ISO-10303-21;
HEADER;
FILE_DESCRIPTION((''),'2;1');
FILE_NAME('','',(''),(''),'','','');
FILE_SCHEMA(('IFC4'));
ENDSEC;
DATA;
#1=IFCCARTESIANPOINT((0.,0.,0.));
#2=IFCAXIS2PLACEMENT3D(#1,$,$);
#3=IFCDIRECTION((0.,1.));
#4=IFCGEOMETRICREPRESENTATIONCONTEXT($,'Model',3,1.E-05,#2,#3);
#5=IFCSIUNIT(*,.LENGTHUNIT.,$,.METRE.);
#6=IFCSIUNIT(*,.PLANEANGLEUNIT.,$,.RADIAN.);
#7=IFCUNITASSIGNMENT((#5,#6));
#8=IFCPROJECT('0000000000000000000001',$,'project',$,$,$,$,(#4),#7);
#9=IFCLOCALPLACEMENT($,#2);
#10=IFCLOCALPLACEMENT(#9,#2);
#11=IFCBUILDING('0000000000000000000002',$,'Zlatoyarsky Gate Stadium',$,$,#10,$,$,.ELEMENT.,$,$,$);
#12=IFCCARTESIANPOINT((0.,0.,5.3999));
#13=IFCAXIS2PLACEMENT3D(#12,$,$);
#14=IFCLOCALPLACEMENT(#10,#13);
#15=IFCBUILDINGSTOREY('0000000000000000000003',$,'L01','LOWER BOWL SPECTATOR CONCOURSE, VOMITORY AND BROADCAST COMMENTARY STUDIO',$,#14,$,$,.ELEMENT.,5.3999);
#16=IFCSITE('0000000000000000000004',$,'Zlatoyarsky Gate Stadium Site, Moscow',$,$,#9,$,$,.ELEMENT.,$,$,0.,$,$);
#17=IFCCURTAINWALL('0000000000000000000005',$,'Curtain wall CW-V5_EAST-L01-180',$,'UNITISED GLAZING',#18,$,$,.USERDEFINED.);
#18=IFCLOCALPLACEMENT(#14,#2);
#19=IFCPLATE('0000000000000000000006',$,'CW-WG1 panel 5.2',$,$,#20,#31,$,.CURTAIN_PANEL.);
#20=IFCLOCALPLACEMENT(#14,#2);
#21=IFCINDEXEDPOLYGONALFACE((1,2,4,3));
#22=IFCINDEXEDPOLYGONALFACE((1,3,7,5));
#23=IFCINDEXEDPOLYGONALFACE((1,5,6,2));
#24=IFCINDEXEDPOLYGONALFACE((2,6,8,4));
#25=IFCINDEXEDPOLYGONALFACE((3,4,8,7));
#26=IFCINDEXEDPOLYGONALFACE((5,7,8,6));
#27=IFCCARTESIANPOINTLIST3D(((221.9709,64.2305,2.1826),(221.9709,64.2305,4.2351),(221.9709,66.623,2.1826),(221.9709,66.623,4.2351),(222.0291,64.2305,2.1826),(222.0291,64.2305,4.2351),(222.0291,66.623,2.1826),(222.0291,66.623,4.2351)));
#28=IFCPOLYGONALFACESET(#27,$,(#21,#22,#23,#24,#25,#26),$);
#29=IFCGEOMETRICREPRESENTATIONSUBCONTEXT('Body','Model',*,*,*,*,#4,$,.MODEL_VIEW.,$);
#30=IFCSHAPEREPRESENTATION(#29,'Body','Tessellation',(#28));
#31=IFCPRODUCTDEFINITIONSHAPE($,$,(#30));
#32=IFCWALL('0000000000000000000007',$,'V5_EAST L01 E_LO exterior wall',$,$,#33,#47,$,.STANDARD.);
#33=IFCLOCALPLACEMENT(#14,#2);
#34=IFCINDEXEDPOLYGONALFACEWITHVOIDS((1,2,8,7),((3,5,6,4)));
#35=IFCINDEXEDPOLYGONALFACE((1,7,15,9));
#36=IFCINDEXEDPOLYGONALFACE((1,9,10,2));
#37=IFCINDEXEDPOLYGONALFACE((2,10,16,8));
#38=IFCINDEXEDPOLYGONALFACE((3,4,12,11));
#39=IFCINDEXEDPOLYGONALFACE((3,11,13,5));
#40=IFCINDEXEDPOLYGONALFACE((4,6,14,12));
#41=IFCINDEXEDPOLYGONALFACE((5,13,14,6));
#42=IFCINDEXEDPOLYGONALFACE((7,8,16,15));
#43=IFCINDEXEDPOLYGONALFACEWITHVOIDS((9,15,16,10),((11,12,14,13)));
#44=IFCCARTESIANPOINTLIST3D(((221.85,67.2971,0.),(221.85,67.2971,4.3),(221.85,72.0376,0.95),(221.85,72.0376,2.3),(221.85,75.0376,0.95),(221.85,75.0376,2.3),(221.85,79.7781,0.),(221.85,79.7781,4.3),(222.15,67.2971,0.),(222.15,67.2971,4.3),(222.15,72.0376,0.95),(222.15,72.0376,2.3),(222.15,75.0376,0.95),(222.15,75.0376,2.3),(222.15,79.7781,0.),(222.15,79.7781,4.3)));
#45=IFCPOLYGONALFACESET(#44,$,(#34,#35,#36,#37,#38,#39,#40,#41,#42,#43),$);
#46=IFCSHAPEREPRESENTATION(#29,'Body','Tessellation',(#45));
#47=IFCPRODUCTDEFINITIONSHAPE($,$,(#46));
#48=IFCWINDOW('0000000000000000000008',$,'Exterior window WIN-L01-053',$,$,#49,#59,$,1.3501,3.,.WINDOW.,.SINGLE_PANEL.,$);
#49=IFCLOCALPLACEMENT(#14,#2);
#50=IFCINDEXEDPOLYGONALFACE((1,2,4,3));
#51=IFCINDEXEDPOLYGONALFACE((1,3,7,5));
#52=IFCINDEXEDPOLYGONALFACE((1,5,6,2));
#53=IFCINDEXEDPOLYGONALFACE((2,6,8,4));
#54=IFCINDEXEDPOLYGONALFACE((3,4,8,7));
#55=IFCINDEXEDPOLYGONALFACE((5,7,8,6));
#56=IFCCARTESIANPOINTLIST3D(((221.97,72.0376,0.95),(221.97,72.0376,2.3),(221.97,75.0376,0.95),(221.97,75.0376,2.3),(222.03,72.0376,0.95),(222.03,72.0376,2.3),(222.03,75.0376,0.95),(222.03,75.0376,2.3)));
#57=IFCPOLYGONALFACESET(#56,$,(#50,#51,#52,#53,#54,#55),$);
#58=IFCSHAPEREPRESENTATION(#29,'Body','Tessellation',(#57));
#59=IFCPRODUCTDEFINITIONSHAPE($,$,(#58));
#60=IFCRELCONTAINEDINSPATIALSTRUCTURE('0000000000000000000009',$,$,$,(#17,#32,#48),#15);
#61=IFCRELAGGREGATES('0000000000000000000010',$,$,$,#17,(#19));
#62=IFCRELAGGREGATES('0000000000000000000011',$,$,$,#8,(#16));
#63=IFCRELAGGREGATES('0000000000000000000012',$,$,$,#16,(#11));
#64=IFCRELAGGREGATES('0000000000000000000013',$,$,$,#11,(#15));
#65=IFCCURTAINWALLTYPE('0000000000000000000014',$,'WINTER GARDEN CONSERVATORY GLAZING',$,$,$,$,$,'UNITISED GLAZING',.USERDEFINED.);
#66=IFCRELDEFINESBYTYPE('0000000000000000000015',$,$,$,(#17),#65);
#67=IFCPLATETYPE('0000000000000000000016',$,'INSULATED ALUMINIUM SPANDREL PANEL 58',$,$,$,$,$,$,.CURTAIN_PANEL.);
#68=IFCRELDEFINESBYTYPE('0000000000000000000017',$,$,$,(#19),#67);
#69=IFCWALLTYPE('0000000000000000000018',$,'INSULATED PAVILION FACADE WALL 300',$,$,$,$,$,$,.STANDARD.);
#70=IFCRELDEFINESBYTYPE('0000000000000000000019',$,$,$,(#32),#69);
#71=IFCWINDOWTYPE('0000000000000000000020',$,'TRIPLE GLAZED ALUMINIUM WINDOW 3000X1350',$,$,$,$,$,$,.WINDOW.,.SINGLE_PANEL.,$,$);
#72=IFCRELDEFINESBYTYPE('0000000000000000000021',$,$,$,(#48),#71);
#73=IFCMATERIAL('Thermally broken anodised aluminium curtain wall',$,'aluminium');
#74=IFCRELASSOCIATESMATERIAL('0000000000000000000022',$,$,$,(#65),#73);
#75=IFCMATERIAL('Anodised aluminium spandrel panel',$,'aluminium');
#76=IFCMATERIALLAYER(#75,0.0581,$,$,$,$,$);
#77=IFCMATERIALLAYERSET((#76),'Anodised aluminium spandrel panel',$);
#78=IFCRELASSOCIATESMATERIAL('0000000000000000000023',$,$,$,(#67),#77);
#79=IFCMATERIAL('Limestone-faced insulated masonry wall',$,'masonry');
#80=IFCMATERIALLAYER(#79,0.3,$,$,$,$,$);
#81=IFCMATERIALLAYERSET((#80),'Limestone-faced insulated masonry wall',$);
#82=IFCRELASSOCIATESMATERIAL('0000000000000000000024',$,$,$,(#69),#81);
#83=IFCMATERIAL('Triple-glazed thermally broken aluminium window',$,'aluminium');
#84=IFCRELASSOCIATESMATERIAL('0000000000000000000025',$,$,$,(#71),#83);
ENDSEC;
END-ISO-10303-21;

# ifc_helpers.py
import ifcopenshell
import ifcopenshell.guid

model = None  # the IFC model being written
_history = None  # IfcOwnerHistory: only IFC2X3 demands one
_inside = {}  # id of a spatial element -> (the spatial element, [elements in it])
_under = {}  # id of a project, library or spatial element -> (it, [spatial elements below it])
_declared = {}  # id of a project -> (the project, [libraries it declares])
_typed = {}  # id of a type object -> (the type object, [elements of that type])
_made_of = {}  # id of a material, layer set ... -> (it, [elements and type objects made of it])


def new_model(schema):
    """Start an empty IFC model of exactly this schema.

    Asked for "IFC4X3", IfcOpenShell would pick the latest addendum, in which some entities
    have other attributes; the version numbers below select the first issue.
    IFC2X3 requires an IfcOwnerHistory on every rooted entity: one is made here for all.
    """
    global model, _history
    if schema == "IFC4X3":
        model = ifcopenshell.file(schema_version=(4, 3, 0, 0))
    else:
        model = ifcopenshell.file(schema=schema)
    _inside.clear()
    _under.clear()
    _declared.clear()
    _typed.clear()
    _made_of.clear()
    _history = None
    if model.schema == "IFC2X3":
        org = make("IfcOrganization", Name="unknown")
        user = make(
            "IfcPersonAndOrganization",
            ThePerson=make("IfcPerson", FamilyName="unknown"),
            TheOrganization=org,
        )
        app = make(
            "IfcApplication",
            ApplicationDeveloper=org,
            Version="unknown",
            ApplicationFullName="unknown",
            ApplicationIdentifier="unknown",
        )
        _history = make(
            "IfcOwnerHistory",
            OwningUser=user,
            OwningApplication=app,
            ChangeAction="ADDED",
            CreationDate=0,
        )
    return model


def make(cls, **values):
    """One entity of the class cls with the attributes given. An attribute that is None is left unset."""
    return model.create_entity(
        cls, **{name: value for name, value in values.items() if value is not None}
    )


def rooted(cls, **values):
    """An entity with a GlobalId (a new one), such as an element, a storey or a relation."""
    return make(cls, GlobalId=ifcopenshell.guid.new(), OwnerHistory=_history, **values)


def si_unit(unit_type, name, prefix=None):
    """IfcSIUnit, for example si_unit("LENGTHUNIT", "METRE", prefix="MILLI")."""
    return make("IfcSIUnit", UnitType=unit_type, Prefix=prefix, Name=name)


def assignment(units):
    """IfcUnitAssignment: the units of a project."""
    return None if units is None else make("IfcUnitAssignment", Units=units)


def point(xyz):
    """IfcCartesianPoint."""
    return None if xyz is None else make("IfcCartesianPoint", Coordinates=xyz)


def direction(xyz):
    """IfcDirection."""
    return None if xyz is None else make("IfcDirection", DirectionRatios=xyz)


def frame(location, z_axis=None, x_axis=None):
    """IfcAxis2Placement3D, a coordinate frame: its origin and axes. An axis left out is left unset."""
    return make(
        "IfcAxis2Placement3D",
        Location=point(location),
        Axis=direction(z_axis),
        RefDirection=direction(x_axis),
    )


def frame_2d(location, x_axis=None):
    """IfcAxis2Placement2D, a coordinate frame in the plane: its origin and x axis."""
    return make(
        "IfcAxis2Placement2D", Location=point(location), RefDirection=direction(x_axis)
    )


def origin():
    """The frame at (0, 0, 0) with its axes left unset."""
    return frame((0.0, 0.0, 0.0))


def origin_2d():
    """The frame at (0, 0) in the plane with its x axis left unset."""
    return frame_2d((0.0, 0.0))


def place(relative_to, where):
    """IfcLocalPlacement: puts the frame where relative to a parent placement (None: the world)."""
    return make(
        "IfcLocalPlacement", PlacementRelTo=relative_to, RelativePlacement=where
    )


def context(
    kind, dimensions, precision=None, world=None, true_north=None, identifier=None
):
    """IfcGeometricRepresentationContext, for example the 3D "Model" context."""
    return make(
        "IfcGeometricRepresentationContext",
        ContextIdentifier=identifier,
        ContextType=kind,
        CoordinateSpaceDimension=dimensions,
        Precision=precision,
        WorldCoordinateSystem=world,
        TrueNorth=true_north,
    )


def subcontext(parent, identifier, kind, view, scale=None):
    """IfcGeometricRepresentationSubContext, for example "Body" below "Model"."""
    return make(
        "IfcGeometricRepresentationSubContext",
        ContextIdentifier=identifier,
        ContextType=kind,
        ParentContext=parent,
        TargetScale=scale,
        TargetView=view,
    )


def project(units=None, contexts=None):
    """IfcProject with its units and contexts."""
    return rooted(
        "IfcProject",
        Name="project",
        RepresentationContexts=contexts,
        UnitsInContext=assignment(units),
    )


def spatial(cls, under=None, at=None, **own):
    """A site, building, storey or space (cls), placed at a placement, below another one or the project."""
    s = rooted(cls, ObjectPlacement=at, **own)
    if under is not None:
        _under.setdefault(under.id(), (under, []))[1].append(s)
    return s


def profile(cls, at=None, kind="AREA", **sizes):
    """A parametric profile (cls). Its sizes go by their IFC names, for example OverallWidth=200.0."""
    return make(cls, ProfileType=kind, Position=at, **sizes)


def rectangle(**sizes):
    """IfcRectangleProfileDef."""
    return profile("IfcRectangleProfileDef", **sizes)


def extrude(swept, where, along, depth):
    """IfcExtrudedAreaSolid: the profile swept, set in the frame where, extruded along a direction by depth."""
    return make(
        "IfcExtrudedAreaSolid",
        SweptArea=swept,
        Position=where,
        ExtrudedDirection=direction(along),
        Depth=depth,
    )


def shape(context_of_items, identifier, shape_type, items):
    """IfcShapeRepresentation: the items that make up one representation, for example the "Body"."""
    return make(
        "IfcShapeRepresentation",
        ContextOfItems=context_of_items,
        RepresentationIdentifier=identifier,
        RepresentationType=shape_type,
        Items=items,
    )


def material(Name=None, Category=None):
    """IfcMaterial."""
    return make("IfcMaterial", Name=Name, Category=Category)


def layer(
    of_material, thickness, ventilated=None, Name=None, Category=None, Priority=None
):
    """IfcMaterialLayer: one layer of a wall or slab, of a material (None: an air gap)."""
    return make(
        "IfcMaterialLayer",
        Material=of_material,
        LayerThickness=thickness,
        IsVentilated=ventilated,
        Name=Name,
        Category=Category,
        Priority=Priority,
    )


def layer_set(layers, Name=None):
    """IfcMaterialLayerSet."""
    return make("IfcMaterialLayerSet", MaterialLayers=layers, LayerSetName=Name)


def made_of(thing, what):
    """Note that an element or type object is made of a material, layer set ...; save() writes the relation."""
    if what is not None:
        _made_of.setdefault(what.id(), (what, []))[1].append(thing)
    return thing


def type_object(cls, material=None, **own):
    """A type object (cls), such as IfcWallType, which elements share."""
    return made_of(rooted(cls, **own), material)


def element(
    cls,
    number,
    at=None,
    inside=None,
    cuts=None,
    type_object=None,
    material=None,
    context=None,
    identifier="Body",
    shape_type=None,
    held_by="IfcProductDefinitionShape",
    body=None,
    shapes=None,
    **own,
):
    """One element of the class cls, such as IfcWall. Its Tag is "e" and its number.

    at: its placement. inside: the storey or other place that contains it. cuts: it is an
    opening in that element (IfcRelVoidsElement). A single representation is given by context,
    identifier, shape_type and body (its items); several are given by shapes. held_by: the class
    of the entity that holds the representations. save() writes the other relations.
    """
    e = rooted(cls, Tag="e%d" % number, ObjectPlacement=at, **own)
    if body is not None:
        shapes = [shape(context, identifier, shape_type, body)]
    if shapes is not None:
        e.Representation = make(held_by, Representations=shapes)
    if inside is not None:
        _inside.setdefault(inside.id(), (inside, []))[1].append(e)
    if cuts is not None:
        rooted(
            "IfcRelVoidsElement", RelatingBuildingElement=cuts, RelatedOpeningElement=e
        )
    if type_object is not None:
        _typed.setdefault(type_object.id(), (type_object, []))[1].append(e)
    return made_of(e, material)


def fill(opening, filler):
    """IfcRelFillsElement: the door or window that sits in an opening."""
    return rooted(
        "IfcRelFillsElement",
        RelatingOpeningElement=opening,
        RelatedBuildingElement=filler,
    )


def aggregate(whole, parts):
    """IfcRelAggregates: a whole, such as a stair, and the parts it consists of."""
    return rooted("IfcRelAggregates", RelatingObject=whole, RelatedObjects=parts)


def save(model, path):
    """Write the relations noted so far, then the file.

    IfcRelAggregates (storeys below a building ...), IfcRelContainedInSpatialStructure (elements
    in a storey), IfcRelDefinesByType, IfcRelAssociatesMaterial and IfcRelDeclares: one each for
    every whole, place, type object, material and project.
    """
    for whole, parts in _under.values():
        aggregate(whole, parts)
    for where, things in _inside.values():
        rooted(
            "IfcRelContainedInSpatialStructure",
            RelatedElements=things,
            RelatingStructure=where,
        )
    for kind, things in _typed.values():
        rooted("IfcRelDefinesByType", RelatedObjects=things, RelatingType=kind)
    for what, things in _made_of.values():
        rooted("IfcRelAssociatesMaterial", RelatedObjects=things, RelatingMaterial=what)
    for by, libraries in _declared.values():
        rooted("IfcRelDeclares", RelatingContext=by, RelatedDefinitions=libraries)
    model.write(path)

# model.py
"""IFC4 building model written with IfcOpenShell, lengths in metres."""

from ifc_helpers import new_model, si_unit, direction, frame, frame_2d, origin, origin_2d, place, context, subcontext, project, spatial, rectangle, extrude, material, layer, layer_set, type_object, element, fill, aggregate, save


model = new_model("IFC4")

# Units and contexts
model_context = context("Model", 3, precision=1e-05, world=origin(), true_north=direction((0.0, 1.0)))
body_context = subcontext(model_context, "Body", "Model", "MODEL_VIEW")
ifc_project = project(units=[si_unit("LENGTHUNIT", "METRE"), si_unit("PLANEANGLEUNIT", "RADIAN")], contexts=[model_context])

# Site, building, storey
site_placement = place(None, origin())
site = spatial("IfcSite", under=ifc_project, at=site_placement, Name="Zlatoyarsky Gate Stadium Site, Moscow", CompositionType="ELEMENT", RefElevation=0.0)
building_placement = place(site_placement, origin())
building = spatial("IfcBuilding", under=site, at=building_placement, Name="Zlatoyarsky Gate Stadium", CompositionType="ELEMENT")
storey_placement = place(building_placement, frame((0.0, 0.0, 5.3999)))
storey = spatial("IfcBuildingStorey", under=building, at=storey_placement, Name="L01", Description="LOWER BOWL SPECTATOR CONCOURSE, VOMITORY AND BROADCAST COMMENTARY STUDIO", CompositionType="ELEMENT", Elevation=5.3999)

# Curtain wall
ifc_material_1 = material(Name="Thermally broken anodised aluminium curtain wall", Category="aluminium")
curtain_wall_type = type_object("IfcCurtainWallType", Name="WINTER GARDEN CONSERVATORY GLAZING", ElementType="UNITISED GLAZING", PredefinedType="USERDEFINED", material=ifc_material_1)
curtain_wall_placement = place(storey_placement, origin())
curtain_wall = element("IfcCurtainWall", 1, at=curtain_wall_placement, inside=storey, type_object=curtain_wall_type, Name="Curtain wall CW-V5_EAST-L01-180", ObjectType="UNITISED GLAZING", PredefinedType="USERDEFINED")

# Plate
ifc_material_2 = material(Name="Anodised aluminium spandrel panel", Category="aluminium")
ifc_layer_1 = layer(ifc_material_2, 0.0581)
ifc_layer_set_1 = layer_set([ifc_layer_1], Name="Anodised aluminium spandrel panel")
plate_type = type_object("IfcPlateType", Name="INSULATED ALUMINIUM SPANDREL PANEL 58", PredefinedType="CURTAIN_PANEL", material=ifc_layer_set_1)
plate_1_placement = place(storey_placement, frame((222.0, 65.4268, 2.1826), z_axis=(0.0, 0.0, 1.0), x_axis=(0.0, 1.0, 0.0)))
plate_1 = element("IfcPlate", 2, at=plate_1_placement, type_object=plate_type, Name="CW-WG1 panel 5.2", PredefinedType="CURTAIN_PANEL", context=body_context, shape_type="SweptSolid", body=[
    extrude(rectangle(XDim=2.3926, YDim=0.0581, at=origin_2d()), origin(), (0.0, 0.0, 1.0), 2.0525),
])
aggregate(curtain_wall, [plate_1])

# Wall, opening, window
ifc_material_3 = material(Name="Limestone-faced insulated masonry wall", Category="masonry")
ifc_layer_2 = layer(ifc_material_3, 0.3)
ifc_layer_set_2 = layer_set([ifc_layer_2], Name="Limestone-faced insulated masonry wall")
wall_type = type_object("IfcWallType", Name="INSULATED PAVILION FACADE WALL 300", PredefinedType="STANDARD", material=ifc_layer_set_2)
wall_placement = place(storey_placement, frame((222.0, 67.2971, 0.0), z_axis=(0.0, 0.0, 1.0), x_axis=(0.0, 1.0, 0.0)))
wall = element("IfcWall", 3, at=wall_placement, inside=storey, type_object=wall_type, Name="V5_EAST L01 E_LO exterior wall", PredefinedType="STANDARD", context=body_context, shape_type="SweptSolid", body=[
    extrude(rectangle(XDim=12.481, YDim=0.3, at=frame_2d((6.2405, 0.0))), origin(), (0.0, 0.0, 1.0), 4.3),
])
opening_placement = place(wall_placement, frame((4.7405, 0.0, 0.95)))
opening = element("IfcOpeningElement", 4, at=opening_placement, cuts=wall, PredefinedType="OPENING", context=body_context, shape_type="SweptSolid", body=[
    extrude(rectangle(XDim=3.0, YDim=1.3501, at=frame_2d((1.5, 0.675))), frame((0.0, 0.1599, 0.0), z_axis=(0.0, -1.0, 0.0), x_axis=(1.0, 0.0, 0.0)), (0.0, 0.0, 1.0), 0.3201),
])
ifc_material_4 = material(Name="Triple-glazed thermally broken aluminium window", Category="aluminium")
window_type = type_object("IfcWindowType", Name="TRIPLE GLAZED ALUMINIUM WINDOW 3000X1350", PartitioningType="SINGLE_PANEL", PredefinedType="WINDOW", material=ifc_material_4)
window_placement = place(opening_placement, origin())
window = element("IfcWindow", 5, at=window_placement, inside=storey, type_object=window_type, Name="Exterior window WIN-L01-053", OverallHeight=1.3501, OverallWidth=3.0, PartitioningType="SINGLE_PANEL", PredefinedType="WINDOW", context=body_context, shape_type="SweptSolid", body=[
    extrude(rectangle(XDim=3.0, YDim=1.3501, at=frame_2d((1.5, 0.675))), frame((0.0, 0.03, 0.0), z_axis=(0.0, -1.0, 0.0), x_axis=(1.0, 0.0, 0.0)), (0.0, 0.0, 1.0), 0.0601),
])
fill(opening, window)

save(model, "model.ifc")
